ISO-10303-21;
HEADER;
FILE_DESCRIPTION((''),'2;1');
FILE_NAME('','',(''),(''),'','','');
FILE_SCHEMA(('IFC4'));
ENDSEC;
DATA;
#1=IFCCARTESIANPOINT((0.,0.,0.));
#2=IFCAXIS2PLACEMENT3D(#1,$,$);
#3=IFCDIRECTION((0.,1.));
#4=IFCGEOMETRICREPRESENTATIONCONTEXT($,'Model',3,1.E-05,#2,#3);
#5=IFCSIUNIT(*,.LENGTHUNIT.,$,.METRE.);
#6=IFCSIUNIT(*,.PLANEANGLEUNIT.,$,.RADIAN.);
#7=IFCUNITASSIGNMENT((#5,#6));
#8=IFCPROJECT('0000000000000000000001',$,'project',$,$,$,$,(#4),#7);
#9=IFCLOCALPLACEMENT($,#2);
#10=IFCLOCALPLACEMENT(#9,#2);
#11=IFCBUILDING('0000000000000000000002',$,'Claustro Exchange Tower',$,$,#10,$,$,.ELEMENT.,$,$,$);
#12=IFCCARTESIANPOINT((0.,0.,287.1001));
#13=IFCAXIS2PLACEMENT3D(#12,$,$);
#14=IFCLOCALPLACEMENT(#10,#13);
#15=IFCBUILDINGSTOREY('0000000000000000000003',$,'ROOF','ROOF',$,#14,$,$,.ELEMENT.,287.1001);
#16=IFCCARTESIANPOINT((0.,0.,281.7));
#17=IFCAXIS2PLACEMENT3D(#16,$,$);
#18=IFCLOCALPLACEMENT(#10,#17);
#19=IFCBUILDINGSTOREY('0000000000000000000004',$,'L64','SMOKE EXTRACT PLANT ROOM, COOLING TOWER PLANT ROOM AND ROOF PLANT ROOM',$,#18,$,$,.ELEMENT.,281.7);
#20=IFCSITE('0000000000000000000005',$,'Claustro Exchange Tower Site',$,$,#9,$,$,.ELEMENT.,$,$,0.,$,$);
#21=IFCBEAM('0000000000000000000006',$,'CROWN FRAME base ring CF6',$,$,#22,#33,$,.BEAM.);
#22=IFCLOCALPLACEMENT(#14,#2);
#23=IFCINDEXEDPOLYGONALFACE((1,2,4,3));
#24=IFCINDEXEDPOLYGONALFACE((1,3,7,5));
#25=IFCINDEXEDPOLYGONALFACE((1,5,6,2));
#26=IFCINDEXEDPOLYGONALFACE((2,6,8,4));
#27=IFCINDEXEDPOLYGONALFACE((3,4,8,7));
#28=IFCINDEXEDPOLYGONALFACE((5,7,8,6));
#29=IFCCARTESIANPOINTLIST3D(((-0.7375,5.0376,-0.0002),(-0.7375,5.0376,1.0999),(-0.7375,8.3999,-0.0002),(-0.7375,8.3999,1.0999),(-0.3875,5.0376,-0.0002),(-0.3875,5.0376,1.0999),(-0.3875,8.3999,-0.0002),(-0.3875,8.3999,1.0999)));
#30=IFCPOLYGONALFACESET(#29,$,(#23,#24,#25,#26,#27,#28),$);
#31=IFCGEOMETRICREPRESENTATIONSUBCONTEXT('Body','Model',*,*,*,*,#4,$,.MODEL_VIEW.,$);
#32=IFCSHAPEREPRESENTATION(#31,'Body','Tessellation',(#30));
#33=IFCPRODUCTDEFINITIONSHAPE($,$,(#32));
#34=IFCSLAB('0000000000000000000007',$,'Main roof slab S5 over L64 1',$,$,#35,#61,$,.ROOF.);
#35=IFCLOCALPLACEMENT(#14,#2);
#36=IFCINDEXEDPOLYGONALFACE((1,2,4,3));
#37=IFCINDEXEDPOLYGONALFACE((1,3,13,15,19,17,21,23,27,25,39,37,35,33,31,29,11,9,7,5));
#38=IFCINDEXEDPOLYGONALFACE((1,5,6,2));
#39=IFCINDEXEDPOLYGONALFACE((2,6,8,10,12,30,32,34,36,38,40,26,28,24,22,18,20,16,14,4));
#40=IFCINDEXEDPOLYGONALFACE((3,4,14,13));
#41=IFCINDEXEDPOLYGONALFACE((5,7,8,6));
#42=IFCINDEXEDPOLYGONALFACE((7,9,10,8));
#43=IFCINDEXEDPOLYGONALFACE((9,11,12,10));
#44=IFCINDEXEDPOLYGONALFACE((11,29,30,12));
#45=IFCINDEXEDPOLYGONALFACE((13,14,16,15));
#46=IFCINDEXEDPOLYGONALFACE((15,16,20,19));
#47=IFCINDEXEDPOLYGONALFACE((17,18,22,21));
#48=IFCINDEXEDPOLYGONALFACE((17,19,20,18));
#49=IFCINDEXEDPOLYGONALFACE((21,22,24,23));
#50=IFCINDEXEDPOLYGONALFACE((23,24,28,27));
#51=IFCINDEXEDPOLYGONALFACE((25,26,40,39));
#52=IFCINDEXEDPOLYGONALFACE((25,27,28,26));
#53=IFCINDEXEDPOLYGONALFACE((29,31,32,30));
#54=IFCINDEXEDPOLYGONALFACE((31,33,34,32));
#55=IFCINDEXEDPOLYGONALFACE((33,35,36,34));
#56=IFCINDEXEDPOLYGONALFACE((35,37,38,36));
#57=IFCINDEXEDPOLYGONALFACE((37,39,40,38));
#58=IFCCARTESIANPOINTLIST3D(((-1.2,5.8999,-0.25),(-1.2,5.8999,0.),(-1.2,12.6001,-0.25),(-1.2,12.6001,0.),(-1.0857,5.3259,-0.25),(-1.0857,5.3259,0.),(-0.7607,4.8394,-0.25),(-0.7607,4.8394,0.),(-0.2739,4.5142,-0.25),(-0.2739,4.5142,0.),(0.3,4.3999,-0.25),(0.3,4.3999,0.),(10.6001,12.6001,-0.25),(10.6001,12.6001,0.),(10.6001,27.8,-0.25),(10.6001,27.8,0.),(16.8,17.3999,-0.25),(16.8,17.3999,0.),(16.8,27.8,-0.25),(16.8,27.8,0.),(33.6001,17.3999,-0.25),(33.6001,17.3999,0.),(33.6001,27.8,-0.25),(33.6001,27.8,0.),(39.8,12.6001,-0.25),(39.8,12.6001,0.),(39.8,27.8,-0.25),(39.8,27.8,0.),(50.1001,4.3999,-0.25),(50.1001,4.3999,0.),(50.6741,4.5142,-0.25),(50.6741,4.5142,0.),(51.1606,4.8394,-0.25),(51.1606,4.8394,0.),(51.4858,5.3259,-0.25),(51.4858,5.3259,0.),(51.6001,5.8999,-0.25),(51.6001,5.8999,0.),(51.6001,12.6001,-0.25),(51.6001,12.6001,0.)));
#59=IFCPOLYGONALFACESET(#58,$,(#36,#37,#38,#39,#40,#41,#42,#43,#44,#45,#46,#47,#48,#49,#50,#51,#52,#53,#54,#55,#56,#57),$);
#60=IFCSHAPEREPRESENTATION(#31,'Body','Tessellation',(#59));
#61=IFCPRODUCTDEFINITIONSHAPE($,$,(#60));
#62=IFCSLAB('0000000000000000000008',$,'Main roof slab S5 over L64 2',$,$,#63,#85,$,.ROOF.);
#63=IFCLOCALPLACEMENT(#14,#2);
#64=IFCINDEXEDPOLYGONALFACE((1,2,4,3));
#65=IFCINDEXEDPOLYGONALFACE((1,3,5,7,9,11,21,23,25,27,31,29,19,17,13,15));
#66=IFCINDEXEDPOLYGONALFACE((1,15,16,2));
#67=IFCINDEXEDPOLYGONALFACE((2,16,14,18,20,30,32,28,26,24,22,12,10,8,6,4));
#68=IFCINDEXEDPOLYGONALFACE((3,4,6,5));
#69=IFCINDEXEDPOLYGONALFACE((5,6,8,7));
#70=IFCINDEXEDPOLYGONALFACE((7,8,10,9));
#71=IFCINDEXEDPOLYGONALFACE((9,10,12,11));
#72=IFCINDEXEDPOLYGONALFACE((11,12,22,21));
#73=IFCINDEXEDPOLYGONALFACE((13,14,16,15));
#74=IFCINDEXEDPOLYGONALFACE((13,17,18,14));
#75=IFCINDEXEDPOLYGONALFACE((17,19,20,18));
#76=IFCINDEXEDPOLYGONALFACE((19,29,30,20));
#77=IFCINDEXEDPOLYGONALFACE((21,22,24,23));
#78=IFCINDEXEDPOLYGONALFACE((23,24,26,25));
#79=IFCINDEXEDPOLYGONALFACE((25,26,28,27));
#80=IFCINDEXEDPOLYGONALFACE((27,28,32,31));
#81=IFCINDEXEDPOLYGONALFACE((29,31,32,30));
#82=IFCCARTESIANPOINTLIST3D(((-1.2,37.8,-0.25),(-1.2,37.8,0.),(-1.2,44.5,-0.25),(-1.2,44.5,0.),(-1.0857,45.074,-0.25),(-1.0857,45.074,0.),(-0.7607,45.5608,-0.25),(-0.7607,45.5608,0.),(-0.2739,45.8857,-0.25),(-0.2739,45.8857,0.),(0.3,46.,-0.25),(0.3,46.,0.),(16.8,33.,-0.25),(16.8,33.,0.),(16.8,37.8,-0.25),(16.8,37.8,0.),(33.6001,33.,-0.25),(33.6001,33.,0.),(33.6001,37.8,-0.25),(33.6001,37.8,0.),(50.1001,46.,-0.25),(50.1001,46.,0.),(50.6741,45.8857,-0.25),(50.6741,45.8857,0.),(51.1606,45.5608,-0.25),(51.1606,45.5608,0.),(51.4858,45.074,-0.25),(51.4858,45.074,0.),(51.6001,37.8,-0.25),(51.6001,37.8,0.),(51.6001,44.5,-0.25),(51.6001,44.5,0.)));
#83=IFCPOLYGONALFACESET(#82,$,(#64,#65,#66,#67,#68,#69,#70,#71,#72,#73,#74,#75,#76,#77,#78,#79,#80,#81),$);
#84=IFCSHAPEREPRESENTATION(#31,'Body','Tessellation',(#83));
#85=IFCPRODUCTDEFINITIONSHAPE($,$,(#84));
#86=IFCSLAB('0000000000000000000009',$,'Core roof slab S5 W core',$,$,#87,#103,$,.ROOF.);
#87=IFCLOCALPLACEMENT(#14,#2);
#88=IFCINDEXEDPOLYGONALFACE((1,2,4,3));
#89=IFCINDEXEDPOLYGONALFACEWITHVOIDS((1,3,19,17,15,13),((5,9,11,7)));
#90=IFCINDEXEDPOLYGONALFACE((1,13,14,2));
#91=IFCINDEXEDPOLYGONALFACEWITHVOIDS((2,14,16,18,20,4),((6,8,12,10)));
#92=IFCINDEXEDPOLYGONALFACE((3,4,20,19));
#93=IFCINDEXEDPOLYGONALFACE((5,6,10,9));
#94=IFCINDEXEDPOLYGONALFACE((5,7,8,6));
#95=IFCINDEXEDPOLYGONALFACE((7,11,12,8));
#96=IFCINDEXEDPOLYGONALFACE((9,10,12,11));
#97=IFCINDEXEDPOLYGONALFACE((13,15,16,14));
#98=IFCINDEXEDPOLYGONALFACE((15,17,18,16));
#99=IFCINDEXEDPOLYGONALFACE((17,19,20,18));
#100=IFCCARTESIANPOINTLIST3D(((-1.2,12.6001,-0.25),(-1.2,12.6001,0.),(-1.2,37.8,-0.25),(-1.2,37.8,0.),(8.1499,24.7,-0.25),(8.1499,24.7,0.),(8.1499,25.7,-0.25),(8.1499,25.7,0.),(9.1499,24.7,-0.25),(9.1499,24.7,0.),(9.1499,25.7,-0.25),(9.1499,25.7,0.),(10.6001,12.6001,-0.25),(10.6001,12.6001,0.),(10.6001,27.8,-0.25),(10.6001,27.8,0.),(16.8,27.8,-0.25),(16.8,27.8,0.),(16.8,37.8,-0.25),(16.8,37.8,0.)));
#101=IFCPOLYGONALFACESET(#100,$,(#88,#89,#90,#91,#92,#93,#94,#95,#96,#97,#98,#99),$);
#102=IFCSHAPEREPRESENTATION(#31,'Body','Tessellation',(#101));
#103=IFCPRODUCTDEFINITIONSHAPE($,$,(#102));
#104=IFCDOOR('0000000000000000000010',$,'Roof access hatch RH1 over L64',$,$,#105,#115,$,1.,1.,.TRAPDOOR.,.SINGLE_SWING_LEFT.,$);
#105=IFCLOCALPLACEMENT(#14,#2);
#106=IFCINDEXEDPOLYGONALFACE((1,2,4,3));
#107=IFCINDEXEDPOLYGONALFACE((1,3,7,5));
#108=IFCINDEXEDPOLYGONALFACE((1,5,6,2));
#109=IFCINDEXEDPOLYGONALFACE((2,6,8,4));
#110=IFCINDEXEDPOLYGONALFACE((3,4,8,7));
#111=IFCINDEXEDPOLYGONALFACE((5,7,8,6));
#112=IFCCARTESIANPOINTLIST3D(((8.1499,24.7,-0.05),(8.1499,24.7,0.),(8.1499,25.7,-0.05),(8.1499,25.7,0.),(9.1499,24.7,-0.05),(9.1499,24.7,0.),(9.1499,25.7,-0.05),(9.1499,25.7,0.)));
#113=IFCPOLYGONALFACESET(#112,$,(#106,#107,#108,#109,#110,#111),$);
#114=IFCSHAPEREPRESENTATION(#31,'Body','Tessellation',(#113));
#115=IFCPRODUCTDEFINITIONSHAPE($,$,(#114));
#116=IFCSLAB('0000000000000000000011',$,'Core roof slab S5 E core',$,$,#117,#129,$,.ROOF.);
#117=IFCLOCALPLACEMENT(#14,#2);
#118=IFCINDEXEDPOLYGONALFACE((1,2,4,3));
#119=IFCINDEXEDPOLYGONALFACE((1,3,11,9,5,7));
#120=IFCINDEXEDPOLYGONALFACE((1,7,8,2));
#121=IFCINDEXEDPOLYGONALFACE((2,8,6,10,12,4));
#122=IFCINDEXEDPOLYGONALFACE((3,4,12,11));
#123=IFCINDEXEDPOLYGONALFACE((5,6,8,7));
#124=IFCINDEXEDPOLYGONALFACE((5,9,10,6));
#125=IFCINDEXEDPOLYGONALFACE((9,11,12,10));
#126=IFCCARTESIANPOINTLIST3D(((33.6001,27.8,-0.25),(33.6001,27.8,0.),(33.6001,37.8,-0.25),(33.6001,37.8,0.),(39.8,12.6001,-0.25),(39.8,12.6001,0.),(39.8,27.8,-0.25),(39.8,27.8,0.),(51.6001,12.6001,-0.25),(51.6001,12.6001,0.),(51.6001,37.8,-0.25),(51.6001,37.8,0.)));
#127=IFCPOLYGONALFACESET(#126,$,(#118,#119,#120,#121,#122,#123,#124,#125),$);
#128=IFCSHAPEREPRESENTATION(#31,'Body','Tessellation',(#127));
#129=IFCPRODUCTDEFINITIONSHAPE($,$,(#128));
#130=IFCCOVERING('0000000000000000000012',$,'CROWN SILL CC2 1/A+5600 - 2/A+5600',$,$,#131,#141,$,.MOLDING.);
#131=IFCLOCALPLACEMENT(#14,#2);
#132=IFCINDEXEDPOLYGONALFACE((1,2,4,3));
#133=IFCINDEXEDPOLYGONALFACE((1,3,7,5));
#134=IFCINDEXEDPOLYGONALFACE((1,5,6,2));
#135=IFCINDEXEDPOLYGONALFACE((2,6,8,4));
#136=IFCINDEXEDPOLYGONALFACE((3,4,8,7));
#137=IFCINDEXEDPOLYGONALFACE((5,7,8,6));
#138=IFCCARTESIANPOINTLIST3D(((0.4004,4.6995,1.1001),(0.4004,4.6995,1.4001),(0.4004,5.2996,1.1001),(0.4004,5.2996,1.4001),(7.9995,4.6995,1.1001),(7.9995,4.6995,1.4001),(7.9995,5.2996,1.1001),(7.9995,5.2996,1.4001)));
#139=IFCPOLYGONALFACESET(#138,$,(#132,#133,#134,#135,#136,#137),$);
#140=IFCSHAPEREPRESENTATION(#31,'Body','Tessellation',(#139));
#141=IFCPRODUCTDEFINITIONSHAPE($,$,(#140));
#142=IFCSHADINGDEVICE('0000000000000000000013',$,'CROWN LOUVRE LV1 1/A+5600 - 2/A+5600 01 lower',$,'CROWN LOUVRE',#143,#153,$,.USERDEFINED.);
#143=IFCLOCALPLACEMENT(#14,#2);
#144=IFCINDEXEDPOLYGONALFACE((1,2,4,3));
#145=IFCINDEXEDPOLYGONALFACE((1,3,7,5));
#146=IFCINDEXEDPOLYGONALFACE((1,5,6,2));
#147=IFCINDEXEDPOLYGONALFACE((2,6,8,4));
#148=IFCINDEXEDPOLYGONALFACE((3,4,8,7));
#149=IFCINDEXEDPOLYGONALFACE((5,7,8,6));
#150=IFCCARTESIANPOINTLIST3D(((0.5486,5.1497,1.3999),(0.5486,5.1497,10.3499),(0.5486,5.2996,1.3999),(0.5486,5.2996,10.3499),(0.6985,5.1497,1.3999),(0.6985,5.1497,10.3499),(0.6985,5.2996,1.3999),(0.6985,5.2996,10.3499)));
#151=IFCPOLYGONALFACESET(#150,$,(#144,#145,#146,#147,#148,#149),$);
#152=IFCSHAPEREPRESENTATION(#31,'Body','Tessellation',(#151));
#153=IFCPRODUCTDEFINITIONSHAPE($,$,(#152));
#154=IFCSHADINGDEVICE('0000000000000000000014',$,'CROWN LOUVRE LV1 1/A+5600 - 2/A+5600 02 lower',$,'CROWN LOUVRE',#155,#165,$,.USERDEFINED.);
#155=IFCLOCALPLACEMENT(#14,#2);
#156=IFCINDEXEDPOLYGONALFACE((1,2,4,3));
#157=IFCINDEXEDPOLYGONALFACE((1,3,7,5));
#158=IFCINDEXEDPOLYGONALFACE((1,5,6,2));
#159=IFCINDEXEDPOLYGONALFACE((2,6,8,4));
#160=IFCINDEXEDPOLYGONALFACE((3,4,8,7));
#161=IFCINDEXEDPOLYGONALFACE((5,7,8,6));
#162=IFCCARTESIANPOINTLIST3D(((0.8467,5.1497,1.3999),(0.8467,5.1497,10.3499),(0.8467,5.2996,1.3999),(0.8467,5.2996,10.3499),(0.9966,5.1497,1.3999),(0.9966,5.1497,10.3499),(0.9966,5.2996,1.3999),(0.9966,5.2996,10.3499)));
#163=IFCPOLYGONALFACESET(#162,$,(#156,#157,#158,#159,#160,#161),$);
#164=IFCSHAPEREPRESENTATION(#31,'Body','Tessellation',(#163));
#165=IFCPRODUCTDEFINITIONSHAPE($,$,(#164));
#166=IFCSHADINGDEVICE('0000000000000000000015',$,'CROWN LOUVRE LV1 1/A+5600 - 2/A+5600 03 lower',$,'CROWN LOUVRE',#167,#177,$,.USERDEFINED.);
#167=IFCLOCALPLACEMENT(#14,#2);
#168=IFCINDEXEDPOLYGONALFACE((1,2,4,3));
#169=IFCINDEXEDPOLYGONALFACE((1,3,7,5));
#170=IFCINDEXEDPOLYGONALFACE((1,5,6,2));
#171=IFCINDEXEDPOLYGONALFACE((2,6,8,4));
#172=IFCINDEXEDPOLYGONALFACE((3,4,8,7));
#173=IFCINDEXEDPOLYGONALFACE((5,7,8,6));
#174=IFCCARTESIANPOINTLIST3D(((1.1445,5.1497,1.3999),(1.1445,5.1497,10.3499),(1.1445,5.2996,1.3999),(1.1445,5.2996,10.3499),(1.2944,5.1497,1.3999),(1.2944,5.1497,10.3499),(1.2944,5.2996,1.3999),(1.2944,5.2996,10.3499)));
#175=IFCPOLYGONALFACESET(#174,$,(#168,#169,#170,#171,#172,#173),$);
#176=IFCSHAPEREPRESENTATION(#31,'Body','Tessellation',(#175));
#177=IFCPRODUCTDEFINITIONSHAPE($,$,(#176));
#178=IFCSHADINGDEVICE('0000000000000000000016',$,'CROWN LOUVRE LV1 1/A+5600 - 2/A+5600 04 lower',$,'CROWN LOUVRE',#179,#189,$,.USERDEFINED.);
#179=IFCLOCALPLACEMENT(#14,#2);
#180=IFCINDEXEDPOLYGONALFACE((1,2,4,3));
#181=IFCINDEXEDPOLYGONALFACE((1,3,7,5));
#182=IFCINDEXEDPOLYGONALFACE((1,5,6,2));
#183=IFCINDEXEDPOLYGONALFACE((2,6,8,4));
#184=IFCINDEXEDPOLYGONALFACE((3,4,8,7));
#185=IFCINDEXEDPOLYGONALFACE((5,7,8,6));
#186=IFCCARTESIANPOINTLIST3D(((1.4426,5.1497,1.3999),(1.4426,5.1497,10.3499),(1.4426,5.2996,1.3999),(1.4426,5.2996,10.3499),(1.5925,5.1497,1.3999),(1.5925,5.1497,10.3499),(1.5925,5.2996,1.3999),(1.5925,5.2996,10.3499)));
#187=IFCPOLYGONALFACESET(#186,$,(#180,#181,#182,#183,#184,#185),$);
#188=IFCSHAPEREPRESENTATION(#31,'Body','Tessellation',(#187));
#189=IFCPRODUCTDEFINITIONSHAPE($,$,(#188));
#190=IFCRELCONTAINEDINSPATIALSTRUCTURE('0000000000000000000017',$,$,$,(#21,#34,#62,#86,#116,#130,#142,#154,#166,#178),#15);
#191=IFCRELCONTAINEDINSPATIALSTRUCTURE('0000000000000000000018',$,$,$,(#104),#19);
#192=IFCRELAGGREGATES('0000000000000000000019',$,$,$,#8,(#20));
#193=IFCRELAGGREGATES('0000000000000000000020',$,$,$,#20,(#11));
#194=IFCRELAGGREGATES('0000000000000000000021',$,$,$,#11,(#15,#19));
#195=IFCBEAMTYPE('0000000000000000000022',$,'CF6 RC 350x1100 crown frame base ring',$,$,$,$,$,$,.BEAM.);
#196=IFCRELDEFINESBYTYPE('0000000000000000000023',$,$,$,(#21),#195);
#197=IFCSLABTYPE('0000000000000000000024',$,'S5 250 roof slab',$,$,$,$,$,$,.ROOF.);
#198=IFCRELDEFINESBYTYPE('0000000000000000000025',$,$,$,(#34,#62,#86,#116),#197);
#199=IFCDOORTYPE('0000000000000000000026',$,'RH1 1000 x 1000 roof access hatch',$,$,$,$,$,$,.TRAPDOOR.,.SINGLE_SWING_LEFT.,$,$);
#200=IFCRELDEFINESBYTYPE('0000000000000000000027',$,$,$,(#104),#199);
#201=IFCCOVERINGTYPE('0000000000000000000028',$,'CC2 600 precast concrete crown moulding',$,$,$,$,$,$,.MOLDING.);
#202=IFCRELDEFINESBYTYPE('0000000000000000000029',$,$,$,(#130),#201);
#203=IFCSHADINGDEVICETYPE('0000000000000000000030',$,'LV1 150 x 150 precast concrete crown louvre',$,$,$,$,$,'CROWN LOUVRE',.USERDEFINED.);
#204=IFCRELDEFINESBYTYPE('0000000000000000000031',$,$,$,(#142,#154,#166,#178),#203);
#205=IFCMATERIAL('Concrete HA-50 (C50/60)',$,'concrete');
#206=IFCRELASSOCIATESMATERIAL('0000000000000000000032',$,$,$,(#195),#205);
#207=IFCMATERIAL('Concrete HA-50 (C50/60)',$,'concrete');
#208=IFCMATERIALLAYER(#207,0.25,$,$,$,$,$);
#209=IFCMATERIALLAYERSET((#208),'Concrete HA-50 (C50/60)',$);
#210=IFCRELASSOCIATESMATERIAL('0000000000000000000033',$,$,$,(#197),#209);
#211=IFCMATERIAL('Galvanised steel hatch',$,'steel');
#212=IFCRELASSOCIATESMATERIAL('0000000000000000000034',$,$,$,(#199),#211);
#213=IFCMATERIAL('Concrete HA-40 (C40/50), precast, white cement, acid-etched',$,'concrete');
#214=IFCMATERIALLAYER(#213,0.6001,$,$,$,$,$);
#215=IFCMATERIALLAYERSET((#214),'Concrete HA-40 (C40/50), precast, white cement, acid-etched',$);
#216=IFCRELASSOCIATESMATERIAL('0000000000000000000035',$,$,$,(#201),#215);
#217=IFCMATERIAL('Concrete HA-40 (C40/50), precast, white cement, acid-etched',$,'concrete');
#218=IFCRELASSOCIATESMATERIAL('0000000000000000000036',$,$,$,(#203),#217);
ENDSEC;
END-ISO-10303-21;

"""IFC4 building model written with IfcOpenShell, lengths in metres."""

from ifc_helpers import new_model, si_unit, direction, frame, origin, origin_2d, place, context, subcontext, project, spatial, polyline, rectangle, outline, extrude, material, layer, layer_set, material_profile, profile_set, type_object, element, fill, save


model = new_model("IFC4")

# Units and contexts
model_context = context("Model", 3, precision=1e-05, world=origin(), true_north=direction((0.0, 1.0)))
body_context = subcontext(model_context, "Body", "Model", "MODEL_VIEW")
ifc_project = project(units=[si_unit("LENGTHUNIT", "METRE"), si_unit("PLANEANGLEUNIT", "RADIAN")], contexts=[model_context])

# Site, building, storey
site_placement = place(None, origin())
site = spatial("IfcSite", under=ifc_project, at=site_placement, Name="Claustro Exchange Tower Site", CompositionType="ELEMENT", RefElevation=0.0)
building_placement = place(site_placement, origin())
building = spatial("IfcBuilding", under=site, at=building_placement, Name="Claustro Exchange Tower", CompositionType="ELEMENT")
storey_1_placement = place(building_placement, frame((0.0, 0.0, 287.1001)))
storey_1 = spatial("IfcBuildingStorey", under=building, at=storey_1_placement, Name="ROOF", Description="ROOF", CompositionType="ELEMENT", Elevation=287.1001)

# Beam
ifc_material_1 = material(Name="Concrete HA-50 (C50/60)", Category="concrete")
ifc_material_profile = material_profile(ifc_material_1, rectangle(XDim=0.3501, YDim=1.1001, at=origin_2d()), Name="RC 350x1100")
ifc_profile_set = profile_set([ifc_material_profile], Name="Concrete HA-50 (C50/60)")
beam_type = type_object("IfcBeamType", Name="CF6 RC 350x1100 crown frame base ring", PredefinedType="BEAM", material=ifc_profile_set)
beam_placement = place(storey_1_placement, frame((-0.5625, 5.0376, 0.5498), z_axis=(0.0, 1.0, 0.0), x_axis=(-1.0, 0.0, 0.0)))
element("IfcBeam", 1, at=beam_placement, inside=storey_1, type_object=beam_type, Name="CROWN FRAME base ring CF6", PredefinedType="BEAM", context=body_context, shape_type="SweptSolid", body=[
    extrude(rectangle(XDim=0.3501, YDim=1.1001, at=origin_2d()), origin(), (0.0, 0.0, 1.0), 3.3623),
])

# Slabs
ifc_material_2 = material(Name="Concrete HA-50 (C50/60)", Category="concrete")
ifc_layer_1 = layer(ifc_material_2, 0.25)
ifc_layer_set_1 = layer_set([ifc_layer_1], Name="Concrete HA-50 (C50/60)")
slab_type = type_object("IfcSlabType", Name="S5 250 roof slab", PredefinedType="ROOF", material=ifc_layer_set_1)
slab_1_placement = place(storey_1_placement, frame((0.0, 0.0, -0.25)))
element("IfcSlab", 2, at=slab_1_placement, inside=storey_1, type_object=slab_type, Name="Main roof slab S5 over L64 1", PredefinedType="ROOF", context=body_context, shape_type="SweptSolid", body=[
    extrude(outline(polyline([(-0.2739, 4.5142), (0.3, 4.3999), (50.1001, 4.3999), (50.6741, 4.5142), (51.1606, 4.8394), (51.4858, 5.3259), (51.6001, 5.8999), (51.6001, 12.6001), (39.8, 12.6001), (39.8, 27.8), (33.6001, 27.8), (33.6001, 17.3999), (16.8, 17.3999), (16.8, 27.8), (10.6001, 27.8), (10.6001, 12.6001), (-1.2, 12.6001), (-1.2, 5.8999), (-1.0857, 5.3259), (-0.7607, 4.8394), (-0.2739, 4.5142)])), origin(), (0.0, 0.0, 1.0), 0.25),
])
slab_2_placement = place(storey_1_placement, frame((0.0, 0.0, -0.25)))
element("IfcSlab", 3, at=slab_2_placement, inside=storey_1, type_object=slab_type, Name="Main roof slab S5 over L64 2", PredefinedType="ROOF", context=body_context, shape_type="SweptSolid", body=[
    extrude(outline(polyline([(16.8, 37.8), (16.8, 33.0), (33.6001, 33.0), (33.6001, 37.8), (51.6001, 37.8), (51.6001, 44.5), (51.4858, 45.074), (51.1606, 45.5608), (50.6741, 45.8857), (50.1001, 46.0), (0.3, 46.0), (-0.2739, 45.8857), (-0.7607, 45.5608), (-1.0857, 45.074), (-1.2, 44.5), (-1.2, 37.8), (16.8, 37.8)])), origin(), (0.0, 0.0, 1.0), 0.25),
])

# Slab, opening
slab_3_placement = place(storey_1_placement, frame((0.0, 0.0, -0.25)))
slab_3 = element("IfcSlab", 4, at=slab_3_placement, inside=storey_1, type_object=slab_type, Name="Core roof slab S5 W core", PredefinedType="ROOF", context=body_context, shape_type="SweptSolid", body=[
    extrude(outline(polyline([(-1.2, 12.6001), (10.6001, 12.6001), (10.6001, 27.8), (16.8, 27.8), (16.8, 37.8), (-1.2, 37.8), (-1.2, 12.6001)])), origin(), (0.0, 0.0, 1.0), 0.25),
])
opening_placement = place(slab_3_placement, frame((8.6499, 25.2, 0.0)))
opening = element("IfcOpeningElement", 5, at=opening_placement, cuts=slab_3, PredefinedType="OPENING", context=body_context, shape_type="SweptSolid", body=[
    extrude(rectangle(XDim=1.0, YDim=1.0, at=origin_2d()), origin(), (0.0, 0.0, 1.0), 0.25),
])

# Shared definitions
storey_2_placement = place(building_placement, frame((0.0, 0.0, 281.7)))
storey_2 = spatial("IfcBuildingStorey", under=building, at=storey_2_placement, Name="L64", Description="SMOKE EXTRACT PLANT ROOM, COOLING TOWER PLANT ROOM AND ROOF PLANT ROOM", CompositionType="ELEMENT", Elevation=281.7)

# Door
ifc_material_3 = material(Name="Galvanised steel hatch", Category="steel")
door_type = type_object("IfcDoorType", Name="RH1 1000 x 1000 roof access hatch", OperationType="SINGLE_SWING_LEFT", PredefinedType="TRAPDOOR", material=ifc_material_3)
door_placement = place(opening_placement, frame((0.0, 0.0, 0.2)))
door = element("IfcDoor", 6, at=door_placement, inside=storey_2, type_object=door_type, Name="Roof access hatch RH1 over L64", OperationType="SINGLE_SWING_LEFT", OverallHeight=1.0, OverallWidth=1.0, PredefinedType="TRAPDOOR", context=body_context, shape_type="SweptSolid", body=[
    extrude(rectangle(XDim=1.0, YDim=1.0, at=origin_2d()), origin(), (0.0, 0.0, 1.0), 0.05),
])
fill(opening, door)

# Slab
slab_4_placement = place(storey_1_placement, frame((0.0, 0.0, -0.25)))
element("IfcSlab", 7, at=slab_4_placement, inside=storey_1, type_object=slab_type, Name="Core roof slab S5 E core", PredefinedType="ROOF", context=body_context, shape_type="SweptSolid", body=[
    extrude(outline(polyline([(33.6001, 37.8), (33.6001, 27.8), (39.8, 27.8), (39.8, 12.6001), (51.6001, 12.6001), (51.6001, 37.8), (33.6001, 37.8)])), origin(), (0.0, 0.0, 1.0), 0.25),
])

# Covering
ifc_material_4 = material(Name="Concrete HA-40 (C40/50), precast, white cement, acid-etched", Category="concrete")
ifc_layer_2 = layer(ifc_material_4, 0.6001)
ifc_layer_set_2 = layer_set([ifc_layer_2], Name="Concrete HA-40 (C40/50), precast, white cement, acid-etched")
covering_type_1 = type_object("IfcCoveringType", Name="CC2 600 precast concrete crown moulding", PredefinedType="MOLDING", material=ifc_layer_set_2)
covering_1_placement = place(storey_1_placement, frame((4.2, 4.9995, 1.1001), z_axis=(0.0, 0.0, 1.0), x_axis=(1.0, 0.0, 0.0)))
element("IfcCovering", 8, at=covering_1_placement, inside=storey_1, type_object=covering_type_1, Name="CROWN SILL CC2 1/A+5600 - 2/A+5600", PredefinedType="MOLDING", context=body_context, shape_type="SweptSolid", body=[
    extrude(rectangle(XDim=7.5991, YDim=0.6001, at=origin_2d()), origin(), (0.0, 0.0, 1.0), 0.3),
])

# Shading devices
ifc_material_5 = material(Name="Concrete HA-40 (C40/50), precast, white cement, acid-etched", Category="concrete")
shading_device_type = type_object("IfcShadingDeviceType", Name="LV1 150 x 150 precast concrete crown louvre", ElementType="CROWN LOUVRE", PredefinedType="USERDEFINED", material=ifc_material_5)
for number, where, z_axis, x_axis, name in (
    (9, (0.6235, 5.2246, 1.3999), (0.0, 0.0, 1.0), (1.0, 0.0, 0.0), "CROWN LOUVRE LV1 1/A+5600 - 2/A+5600 01 lower"),
    (10, (0.9216, 5.2246, 1.3999), (0.0, 0.0, 1.0), (1.0, 0.0, 0.0), "CROWN LOUVRE LV1 1/A+5600 - 2/A+5600 02 lower"),
    (11, (1.2195, 5.2246, 1.3999), (0.0, 0.0, 1.0), (1.0, 0.0, 0.0), "CROWN LOUVRE LV1 1/A+5600 - 2/A+5600 03 lower"),
    (12, (1.5176, 5.2246, 1.3999), (0.0, 0.0, 1.0), (1.0, 0.0, 0.0), "CROWN LOUVRE LV1 1/A+5600 - 2/A+5600 04 lower"),
):
    element("IfcShadingDevice", number, at=place(storey_1_placement, frame(where, z_axis=z_axis, x_axis=x_axis)), inside=storey_1, type_object=shading_device_type, Name=name, ObjectType="CROWN LOUVRE", PredefinedType="USERDEFINED", context=body_context, shape_type="SweptSolid", body=[
        extrude(rectangle(XDim=0.1499, YDim=0.1499, at=origin_2d()), origin(), (0.0, 0.0, 1.0), 8.95),
    ])

save(model, "model.ifc")
